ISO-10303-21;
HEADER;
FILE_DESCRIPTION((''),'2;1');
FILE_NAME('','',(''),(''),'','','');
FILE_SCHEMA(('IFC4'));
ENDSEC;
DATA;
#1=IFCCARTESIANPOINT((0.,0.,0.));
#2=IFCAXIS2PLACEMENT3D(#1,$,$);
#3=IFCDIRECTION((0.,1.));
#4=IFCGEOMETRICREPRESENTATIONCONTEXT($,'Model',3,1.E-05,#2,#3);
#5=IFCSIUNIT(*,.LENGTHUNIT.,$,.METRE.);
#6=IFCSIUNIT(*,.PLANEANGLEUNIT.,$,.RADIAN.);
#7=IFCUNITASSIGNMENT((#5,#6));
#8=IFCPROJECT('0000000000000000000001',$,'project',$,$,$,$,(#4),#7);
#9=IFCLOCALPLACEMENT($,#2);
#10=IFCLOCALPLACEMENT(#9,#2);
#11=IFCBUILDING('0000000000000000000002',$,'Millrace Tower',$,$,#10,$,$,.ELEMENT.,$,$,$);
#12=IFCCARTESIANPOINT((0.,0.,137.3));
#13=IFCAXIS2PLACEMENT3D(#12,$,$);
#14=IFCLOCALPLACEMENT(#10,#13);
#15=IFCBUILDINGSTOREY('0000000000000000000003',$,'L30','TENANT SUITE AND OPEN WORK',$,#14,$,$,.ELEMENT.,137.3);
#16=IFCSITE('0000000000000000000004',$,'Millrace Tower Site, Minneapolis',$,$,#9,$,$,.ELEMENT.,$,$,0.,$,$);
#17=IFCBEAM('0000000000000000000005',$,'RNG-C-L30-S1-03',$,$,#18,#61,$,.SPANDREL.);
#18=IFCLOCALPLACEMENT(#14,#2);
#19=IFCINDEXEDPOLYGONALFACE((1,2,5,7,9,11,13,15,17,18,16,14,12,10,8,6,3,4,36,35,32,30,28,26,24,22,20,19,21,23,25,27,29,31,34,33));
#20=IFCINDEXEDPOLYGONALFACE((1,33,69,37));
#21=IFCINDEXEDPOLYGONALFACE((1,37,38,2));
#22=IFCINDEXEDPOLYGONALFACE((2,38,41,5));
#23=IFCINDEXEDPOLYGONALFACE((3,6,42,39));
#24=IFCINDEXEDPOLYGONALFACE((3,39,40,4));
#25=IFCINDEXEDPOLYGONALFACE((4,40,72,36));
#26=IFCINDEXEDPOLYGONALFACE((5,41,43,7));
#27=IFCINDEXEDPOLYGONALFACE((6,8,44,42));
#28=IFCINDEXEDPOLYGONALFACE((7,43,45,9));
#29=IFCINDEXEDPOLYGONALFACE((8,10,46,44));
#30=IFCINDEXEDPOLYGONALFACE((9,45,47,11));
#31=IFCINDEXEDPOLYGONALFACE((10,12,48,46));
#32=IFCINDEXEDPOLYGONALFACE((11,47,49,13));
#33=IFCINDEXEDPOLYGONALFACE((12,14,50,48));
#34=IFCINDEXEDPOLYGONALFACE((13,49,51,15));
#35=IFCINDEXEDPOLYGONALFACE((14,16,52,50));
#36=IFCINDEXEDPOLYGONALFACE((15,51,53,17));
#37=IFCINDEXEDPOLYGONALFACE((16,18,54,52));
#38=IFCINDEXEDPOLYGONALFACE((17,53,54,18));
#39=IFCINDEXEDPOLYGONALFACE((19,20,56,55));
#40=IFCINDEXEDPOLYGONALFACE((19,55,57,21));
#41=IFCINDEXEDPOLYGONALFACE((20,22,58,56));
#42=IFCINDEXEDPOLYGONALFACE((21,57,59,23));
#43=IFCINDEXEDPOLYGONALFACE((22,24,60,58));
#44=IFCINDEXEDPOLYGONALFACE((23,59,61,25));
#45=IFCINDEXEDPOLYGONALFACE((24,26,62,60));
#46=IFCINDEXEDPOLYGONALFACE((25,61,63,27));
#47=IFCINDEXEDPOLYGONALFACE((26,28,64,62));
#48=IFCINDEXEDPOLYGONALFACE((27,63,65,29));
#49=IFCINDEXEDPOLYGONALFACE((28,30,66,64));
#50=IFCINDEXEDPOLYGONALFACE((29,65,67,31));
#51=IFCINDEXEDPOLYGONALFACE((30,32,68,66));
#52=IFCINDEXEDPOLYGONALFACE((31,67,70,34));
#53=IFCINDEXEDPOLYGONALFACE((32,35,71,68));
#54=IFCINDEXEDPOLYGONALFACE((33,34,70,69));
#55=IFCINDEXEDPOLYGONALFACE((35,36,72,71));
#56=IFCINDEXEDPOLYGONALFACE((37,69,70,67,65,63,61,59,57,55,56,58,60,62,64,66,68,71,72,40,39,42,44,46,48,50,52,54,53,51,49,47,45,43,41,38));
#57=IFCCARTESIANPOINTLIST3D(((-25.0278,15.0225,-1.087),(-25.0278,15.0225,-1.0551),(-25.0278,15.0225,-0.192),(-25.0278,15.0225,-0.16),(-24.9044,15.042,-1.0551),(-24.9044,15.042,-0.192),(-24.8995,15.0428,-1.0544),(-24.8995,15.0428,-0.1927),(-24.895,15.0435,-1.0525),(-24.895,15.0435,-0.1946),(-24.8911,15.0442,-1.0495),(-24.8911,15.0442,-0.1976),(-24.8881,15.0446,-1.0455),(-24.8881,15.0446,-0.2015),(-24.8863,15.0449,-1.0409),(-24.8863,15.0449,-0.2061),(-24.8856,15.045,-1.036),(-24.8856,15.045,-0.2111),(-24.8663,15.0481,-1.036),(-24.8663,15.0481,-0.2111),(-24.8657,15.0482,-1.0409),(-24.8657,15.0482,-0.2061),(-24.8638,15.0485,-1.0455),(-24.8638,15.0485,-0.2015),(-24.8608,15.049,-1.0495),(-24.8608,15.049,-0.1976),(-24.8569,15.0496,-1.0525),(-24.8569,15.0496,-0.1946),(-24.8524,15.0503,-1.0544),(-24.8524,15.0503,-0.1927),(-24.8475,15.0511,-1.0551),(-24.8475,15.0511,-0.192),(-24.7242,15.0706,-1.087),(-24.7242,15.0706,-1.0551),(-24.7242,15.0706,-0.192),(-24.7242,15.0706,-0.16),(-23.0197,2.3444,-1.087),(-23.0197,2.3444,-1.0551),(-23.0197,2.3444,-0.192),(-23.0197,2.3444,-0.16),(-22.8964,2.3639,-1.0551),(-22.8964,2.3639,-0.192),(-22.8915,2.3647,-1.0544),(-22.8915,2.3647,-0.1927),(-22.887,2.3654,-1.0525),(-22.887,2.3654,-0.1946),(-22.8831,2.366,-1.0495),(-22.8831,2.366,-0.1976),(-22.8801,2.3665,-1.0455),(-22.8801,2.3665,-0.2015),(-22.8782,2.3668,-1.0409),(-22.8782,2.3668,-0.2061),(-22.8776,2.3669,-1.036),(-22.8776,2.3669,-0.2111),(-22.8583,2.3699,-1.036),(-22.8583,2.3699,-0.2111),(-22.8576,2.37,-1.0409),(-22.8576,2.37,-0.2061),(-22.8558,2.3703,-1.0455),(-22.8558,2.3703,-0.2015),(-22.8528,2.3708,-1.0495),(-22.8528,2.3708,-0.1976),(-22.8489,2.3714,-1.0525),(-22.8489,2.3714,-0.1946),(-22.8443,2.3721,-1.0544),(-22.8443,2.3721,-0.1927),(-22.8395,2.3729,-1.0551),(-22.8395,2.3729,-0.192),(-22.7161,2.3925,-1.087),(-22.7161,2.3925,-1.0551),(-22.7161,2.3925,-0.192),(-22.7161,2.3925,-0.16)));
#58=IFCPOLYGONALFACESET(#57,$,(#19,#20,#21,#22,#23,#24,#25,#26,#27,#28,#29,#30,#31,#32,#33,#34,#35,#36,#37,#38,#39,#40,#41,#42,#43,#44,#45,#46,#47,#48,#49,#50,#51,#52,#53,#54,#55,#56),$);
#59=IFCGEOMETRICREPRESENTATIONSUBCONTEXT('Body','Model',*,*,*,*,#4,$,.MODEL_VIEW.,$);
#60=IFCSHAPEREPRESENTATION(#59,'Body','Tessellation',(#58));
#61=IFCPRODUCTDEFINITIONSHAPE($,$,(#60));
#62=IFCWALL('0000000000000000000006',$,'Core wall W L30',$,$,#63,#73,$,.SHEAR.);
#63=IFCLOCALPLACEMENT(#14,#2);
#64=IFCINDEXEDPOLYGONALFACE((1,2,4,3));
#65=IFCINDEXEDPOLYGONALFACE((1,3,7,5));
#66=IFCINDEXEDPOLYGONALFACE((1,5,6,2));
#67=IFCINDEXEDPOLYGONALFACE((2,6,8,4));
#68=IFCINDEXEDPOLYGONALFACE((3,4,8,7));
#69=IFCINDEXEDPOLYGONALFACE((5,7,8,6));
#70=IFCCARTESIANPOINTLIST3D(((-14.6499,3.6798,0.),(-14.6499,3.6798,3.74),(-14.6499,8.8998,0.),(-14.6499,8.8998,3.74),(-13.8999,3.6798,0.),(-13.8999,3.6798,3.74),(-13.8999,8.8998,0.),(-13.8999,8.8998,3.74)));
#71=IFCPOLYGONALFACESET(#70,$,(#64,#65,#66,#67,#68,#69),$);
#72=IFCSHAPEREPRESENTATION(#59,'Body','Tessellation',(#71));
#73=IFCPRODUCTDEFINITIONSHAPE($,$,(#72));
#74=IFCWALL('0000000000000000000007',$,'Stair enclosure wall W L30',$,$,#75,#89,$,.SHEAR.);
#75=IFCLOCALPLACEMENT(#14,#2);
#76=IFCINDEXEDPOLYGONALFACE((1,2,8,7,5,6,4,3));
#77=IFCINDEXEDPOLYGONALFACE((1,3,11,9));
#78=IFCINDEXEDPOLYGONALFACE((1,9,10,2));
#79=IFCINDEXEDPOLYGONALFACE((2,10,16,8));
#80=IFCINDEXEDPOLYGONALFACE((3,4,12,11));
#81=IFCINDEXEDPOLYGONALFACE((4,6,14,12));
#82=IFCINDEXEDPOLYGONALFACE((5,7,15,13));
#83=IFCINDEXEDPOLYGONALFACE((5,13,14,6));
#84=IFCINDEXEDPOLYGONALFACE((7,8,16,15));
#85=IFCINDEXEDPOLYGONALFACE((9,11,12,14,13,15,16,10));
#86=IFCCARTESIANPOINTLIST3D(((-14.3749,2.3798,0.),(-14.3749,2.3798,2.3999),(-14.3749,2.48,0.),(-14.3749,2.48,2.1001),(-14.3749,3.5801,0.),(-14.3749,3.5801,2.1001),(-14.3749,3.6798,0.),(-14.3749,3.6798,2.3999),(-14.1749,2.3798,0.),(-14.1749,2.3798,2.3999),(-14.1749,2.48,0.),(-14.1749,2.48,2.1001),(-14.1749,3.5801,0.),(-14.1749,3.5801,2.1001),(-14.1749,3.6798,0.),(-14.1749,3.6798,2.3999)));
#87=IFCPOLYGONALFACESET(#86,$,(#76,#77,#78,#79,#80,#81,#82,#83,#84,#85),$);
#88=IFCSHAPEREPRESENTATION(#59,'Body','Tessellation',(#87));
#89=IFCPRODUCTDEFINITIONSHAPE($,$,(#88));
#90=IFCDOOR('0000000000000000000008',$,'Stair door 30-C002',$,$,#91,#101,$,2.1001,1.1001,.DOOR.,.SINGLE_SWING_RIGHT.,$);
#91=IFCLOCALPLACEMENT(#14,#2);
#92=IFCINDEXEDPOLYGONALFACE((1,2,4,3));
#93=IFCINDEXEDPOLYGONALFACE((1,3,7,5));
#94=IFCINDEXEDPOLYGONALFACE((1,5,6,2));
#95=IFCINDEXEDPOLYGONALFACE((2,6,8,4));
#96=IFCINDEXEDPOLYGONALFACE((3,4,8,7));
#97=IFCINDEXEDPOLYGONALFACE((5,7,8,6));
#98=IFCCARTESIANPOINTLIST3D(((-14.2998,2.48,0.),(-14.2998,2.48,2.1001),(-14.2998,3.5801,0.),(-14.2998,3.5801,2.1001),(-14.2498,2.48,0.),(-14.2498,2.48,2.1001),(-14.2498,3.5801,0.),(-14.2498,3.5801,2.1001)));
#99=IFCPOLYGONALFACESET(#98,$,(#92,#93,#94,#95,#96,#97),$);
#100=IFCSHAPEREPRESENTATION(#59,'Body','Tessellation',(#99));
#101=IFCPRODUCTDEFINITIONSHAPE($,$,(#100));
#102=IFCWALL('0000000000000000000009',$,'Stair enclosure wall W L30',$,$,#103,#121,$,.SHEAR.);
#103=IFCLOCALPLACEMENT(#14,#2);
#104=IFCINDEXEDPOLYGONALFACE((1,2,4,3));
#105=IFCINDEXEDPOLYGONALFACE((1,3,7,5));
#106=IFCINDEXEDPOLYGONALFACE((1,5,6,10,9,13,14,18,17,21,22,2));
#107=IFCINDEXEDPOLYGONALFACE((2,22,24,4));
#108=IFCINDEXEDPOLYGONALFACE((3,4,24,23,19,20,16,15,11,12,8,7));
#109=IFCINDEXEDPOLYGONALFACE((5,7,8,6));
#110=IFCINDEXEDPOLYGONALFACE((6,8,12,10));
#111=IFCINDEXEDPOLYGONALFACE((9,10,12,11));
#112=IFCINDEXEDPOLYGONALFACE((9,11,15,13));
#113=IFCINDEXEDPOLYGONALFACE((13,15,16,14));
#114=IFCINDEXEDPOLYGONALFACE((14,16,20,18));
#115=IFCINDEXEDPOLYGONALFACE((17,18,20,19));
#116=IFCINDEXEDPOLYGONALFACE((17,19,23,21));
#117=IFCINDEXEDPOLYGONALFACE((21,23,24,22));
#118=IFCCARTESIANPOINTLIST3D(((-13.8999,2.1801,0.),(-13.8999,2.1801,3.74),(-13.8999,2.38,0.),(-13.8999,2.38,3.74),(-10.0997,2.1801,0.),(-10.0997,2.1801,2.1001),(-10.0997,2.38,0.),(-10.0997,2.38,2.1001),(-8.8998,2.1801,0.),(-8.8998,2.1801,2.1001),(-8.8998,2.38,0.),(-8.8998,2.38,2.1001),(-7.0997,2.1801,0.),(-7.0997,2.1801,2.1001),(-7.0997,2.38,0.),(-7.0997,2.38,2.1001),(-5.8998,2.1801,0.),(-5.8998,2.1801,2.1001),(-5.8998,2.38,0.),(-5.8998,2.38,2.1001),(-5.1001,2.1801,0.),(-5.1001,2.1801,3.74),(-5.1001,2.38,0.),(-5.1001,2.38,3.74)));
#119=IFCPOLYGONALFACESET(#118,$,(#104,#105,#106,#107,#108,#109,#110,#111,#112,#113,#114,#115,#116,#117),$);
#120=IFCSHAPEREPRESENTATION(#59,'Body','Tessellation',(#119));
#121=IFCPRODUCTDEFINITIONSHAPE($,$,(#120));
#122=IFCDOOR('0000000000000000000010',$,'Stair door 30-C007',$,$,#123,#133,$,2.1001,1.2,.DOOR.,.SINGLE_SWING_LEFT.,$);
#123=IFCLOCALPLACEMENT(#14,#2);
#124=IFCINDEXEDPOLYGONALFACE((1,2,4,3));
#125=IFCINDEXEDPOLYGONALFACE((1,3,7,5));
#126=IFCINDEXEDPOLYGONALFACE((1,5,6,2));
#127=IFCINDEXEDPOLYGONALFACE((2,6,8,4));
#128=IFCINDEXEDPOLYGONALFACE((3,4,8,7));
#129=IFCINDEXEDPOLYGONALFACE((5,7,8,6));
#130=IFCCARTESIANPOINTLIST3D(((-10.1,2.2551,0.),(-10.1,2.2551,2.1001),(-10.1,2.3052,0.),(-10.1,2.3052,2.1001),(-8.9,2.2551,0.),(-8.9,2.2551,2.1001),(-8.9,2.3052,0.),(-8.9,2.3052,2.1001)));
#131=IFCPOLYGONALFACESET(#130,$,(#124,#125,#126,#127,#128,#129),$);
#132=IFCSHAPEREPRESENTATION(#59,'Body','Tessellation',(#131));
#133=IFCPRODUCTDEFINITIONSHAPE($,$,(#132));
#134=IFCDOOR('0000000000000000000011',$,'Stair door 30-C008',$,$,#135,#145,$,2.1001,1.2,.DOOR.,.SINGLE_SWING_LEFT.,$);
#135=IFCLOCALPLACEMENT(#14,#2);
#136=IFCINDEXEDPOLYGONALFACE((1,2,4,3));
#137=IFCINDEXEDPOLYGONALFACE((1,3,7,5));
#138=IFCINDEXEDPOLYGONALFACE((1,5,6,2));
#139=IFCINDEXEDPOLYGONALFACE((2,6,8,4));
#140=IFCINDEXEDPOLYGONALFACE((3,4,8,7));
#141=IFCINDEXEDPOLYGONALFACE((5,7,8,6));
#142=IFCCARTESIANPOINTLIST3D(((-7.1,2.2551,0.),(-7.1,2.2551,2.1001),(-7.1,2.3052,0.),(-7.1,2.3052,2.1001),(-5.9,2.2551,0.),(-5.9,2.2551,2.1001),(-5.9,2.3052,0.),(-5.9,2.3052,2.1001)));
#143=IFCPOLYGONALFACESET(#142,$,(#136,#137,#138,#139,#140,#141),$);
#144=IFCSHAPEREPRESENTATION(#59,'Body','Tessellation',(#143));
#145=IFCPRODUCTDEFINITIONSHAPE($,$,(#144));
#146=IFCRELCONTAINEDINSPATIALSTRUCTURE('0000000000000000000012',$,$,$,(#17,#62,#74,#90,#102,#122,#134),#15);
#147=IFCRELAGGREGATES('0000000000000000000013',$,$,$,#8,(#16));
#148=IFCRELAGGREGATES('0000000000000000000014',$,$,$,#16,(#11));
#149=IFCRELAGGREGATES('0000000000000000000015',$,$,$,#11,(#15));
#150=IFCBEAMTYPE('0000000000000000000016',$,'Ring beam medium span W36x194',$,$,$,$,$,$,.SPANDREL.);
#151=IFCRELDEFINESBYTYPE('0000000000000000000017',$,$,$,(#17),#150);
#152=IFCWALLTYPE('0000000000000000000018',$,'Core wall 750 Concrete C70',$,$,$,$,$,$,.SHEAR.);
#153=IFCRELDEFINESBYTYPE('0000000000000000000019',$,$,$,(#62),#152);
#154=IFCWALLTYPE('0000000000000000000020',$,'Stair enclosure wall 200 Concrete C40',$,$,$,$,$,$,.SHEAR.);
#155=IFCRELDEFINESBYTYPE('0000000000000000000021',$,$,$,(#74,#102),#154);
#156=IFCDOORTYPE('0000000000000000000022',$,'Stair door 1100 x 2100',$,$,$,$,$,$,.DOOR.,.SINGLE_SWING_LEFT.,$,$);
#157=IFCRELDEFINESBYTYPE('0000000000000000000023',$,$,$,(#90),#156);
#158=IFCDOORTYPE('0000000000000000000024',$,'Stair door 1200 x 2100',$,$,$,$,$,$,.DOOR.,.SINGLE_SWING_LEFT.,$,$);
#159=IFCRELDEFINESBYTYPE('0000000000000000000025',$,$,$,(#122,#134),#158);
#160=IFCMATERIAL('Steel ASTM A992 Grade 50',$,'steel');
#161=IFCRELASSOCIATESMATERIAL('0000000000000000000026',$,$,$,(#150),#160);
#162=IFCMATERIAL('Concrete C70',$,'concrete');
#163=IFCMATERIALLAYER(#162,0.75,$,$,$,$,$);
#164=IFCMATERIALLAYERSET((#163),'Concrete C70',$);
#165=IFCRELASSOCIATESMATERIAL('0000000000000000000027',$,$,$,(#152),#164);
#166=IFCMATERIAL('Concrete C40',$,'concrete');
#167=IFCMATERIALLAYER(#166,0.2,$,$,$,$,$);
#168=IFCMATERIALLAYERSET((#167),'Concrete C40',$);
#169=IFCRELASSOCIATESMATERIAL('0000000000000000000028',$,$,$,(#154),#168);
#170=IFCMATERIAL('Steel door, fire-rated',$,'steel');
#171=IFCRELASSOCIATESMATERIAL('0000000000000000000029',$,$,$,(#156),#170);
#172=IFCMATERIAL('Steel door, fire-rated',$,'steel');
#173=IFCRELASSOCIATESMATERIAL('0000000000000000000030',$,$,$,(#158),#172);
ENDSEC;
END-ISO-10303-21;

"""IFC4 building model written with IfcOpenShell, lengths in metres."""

from ifc_helpers import new_model, si_unit, direction, frame, frame_2d, origin, origin_2d, place, context, subcontext, project, spatial, rectangle, i_section, extrude, material, layer, layer_set, material_profile, profile_set, type_object, element, fill, save


model = new_model("IFC4")

# Units and contexts
model_context = context("Model", 3, precision=1e-05, world=origin(), true_north=direction((0.0, 1.0)))
body_context = subcontext(model_context, "Body", "Model", "MODEL_VIEW")
ifc_project = project(units=[si_unit("LENGTHUNIT", "METRE"), si_unit("PLANEANGLEUNIT", "RADIAN")], contexts=[model_context])

# Site, building, storey
site_placement = place(None, origin())
site = spatial("IfcSite", under=ifc_project, at=site_placement, Name="Millrace Tower Site, Minneapolis", CompositionType="ELEMENT", RefElevation=0.0)
building_placement = place(site_placement, origin())
building = spatial("IfcBuilding", under=site, at=building_placement, Name="Millrace Tower", CompositionType="ELEMENT")
storey_placement = place(building_placement, frame((0.0, 0.0, 137.3)))
storey = spatial("IfcBuildingStorey", under=building, at=storey_placement, Name="L30", Description="TENANT SUITE AND OPEN WORK", CompositionType="ELEMENT", Elevation=137.3)

# Beam
ifc_material_1 = material(Name="Steel ASTM A992 Grade 50", Category="steel")
ifc_material_profile_1 = material_profile(ifc_material_1, i_section(OverallWidth=0.3074, OverallDepth=0.927, WebThickness=0.0195, FlangeThickness=0.032, FilletRadius=0.019, at=origin_2d()))
ifc_profile_set_1 = profile_set([ifc_material_profile_1], Name="Steel ASTM A992 Grade 50")
beam_type_1 = type_object("IfcBeamType", Name="Ring beam medium span W36x194", PredefinedType="SPANDREL", material=ifc_profile_set_1)
beam_1_placement = place(storey_placement, frame((-22.8679, 2.3684, -0.6235), z_axis=(-0.156436, 0.987688, 0.0), x_axis=(-0.987688, -0.156436, 0.0)))
element("IfcBeam", 1, at=beam_1_placement, inside=storey, type_object=beam_type_1, Name="RNG-C-L30-S1-03", PredefinedType="SPANDREL", context=body_context, shape_type="SweptSolid", body=[
    extrude(i_section(OverallWidth=0.3074, OverallDepth=0.927, WebThickness=0.0195, FlangeThickness=0.032, FilletRadius=0.019, at=origin_2d()), origin(), (0.0, 0.0, 1.0), 12.8362),
])

# Wall
ifc_material_2 = material(Name="Concrete C70", Category="concrete")
ifc_layer_1 = layer(ifc_material_2, 0.75)
ifc_layer_set_1 = layer_set([ifc_layer_1], Name="Concrete C70")
wall_type_1 = type_object("IfcWallType", Name="Core wall 750 Concrete C70", PredefinedType="SHEAR", material=ifc_layer_set_1)
wall_1_placement = place(storey_placement, frame((-14.2749, 3.6799, 0.0), z_axis=(0.0, 0.0, 1.0), x_axis=(0.0, 1.0, 0.0)))
element("IfcWall", 2, at=wall_1_placement, inside=storey, type_object=wall_type_1, Name="Core wall W L30", PredefinedType="SHEAR", context=body_context, shape_type="SweptSolid", body=[
    extrude(rectangle(XDim=5.22, YDim=0.75, at=frame_2d((2.6099, 0.0))), origin(), (0.0, 0.0, 1.0), 3.74),
])

# Wall, opening, door
ifc_material_3 = material(Name="Concrete C40", Category="concrete")
ifc_layer_2 = layer(ifc_material_3, 0.2)
ifc_layer_set_2 = layer_set([ifc_layer_2], Name="Concrete C40")
wall_type_2 = type_object("IfcWallType", Name="Stair enclosure wall 200 Concrete C40", PredefinedType="SHEAR", material=ifc_layer_set_2)
wall_2_placement = place(storey_placement, frame((-14.2749, 2.3799, 0.0), z_axis=(0.0, 0.0, 1.0), x_axis=(0.0, 1.0, 0.0)))
wall_2 = element("IfcWall", 3, at=wall_2_placement, inside=storey, type_object=wall_type_2, Name="Stair enclosure wall W L30", PredefinedType="SHEAR", context=body_context, shape_type="SweptSolid", body=[
    extrude(rectangle(XDim=1.3, YDim=0.2, at=frame_2d((0.6499, 0.0))), origin(), (0.0, 0.0, 1.0), 2.3999),
])
opening_1_placement = place(wall_2_placement, frame((0.1001, 0.0, 0.0)))
opening_1 = element("IfcOpeningElement", 4, at=opening_1_placement, cuts=wall_2, PredefinedType="OPENING", context=body_context, shape_type="SweptSolid", body=[
    extrude(rectangle(XDim=1.1001, YDim=2.1001, at=frame_2d((0.55, 1.05))), frame((0.0, 0.1099, 0.0), z_axis=(0.0, -1.0, 0.0), x_axis=(1.0, 0.0, 0.0)), (0.0, 0.0, 1.0), 0.22),
])
ifc_material_4 = material(Name="Steel door, fire-rated", Category="steel")
door_type_1 = type_object("IfcDoorType", Name="Stair door 1100 x 2100", OperationType="SINGLE_SWING_LEFT", PredefinedType="DOOR", material=ifc_material_4)
door_1_placement = place(opening_1_placement, origin())
door_1 = element("IfcDoor", 5, at=door_1_placement, inside=storey, type_object=door_type_1, Name="Stair door 30-C002", OperationType="SINGLE_SWING_RIGHT", OverallHeight=2.1001, OverallWidth=1.1001, PredefinedType="DOOR", context=body_context, shape_type="SweptSolid", body=[
    extrude(rectangle(XDim=1.1001, YDim=2.1001, at=frame_2d((0.55, 1.05))), frame((0.0, 0.0249, 0.0), z_axis=(0.0, -1.0, 0.0), x_axis=(1.0, 0.0, 0.0)), (0.0, 0.0, 1.0), 0.05),
])
fill(opening_1, door_1)

# Wall, openings, doors
wall_3_placement = place(storey_placement, frame((-13.8999, 2.28, 0.0), z_axis=(0.0, 0.0, 1.0), x_axis=(1.0, 0.0, 0.0)))
wall_3 = element("IfcWall", 6, at=wall_3_placement, inside=storey, type_object=wall_type_2, Name="Stair enclosure wall W L30", PredefinedType="SHEAR", context=body_context, shape_type="SweptSolid", body=[
    extrude(rectangle(XDim=8.7998, YDim=0.2, at=frame_2d((4.3999, 0.0))), origin(), (0.0, 0.0, 1.0), 3.74),
])
opening_2_placement = place(wall_3_placement, frame((3.8, 0.0, 0.0)))
opening_2 = element("IfcOpeningElement", 7, at=opening_2_placement, cuts=wall_3, PredefinedType="OPENING", context=body_context, shape_type="SweptSolid", body=[
    extrude(rectangle(XDim=1.2, YDim=2.1001, at=frame_2d((0.6001, 1.05))), frame((0.0, 0.1099, 0.0), z_axis=(0.0, -1.0, 0.0), x_axis=(1.0, 0.0, 0.0)), (0.0, 0.0, 1.0), 0.22),
])
opening_3_placement = place(wall_3_placement, frame((6.8, 0.0, 0.0)))
opening_3 = element("IfcOpeningElement", 8, at=opening_3_placement, cuts=wall_3, PredefinedType="OPENING", context=body_context, shape_type="SweptSolid", body=[
    extrude(rectangle(XDim=1.2, YDim=2.1001, at=frame_2d((0.6001, 1.05))), frame((0.0, 0.1099, 0.0), z_axis=(0.0, -1.0, 0.0), x_axis=(1.0, 0.0, 0.0)), (0.0, 0.0, 1.0), 0.22),
])
ifc_material_5 = material(Name="Steel door, fire-rated", Category="steel")
door_type_2 = type_object("IfcDoorType", Name="Stair door 1200 x 2100", OperationType="SINGLE_SWING_LEFT", PredefinedType="DOOR", material=ifc_material_5)
door_2_placement = place(opening_2_placement, frame((1.2, 0.0, 0.0), z_axis=(0.0, 0.0, 1.0), x_axis=(-1.0, 0.0, 0.0)))
door_2 = element("IfcDoor", 9, at=door_2_placement, inside=storey, type_object=door_type_2, Name="Stair door 30-C007", OperationType="SINGLE_SWING_LEFT", OverallHeight=2.1001, OverallWidth=1.2, PredefinedType="DOOR", context=body_context, shape_type="SweptSolid", body=[
    extrude(rectangle(XDim=1.2, YDim=2.1001, at=frame_2d((0.6001, 1.05))), frame((0.0, 0.0249, 0.0), z_axis=(0.0, -1.0, 0.0), x_axis=(1.0, 0.0, 0.0)), (0.0, 0.0, 1.0), 0.05),
])
fill(opening_2, door_2)
door_3_placement = place(opening_3_placement, frame((1.2, 0.0, 0.0), z_axis=(0.0, 0.0, 1.0), x_axis=(-1.0, 0.0, 0.0)))
door_3 = element("IfcDoor", 10, at=door_3_placement, inside=storey, type_object=door_type_2, Name="Stair door 30-C008", OperationType="SINGLE_SWING_LEFT", OverallHeight=2.1001, OverallWidth=1.2, PredefinedType="DOOR", context=body_context, shape_type="SweptSolid", body=[
    extrude(rectangle(XDim=1.2, YDim=2.1001, at=frame_2d((0.6001, 1.05))), frame((0.0, 0.0249, 0.0), z_axis=(0.0, -1.0, 0.0), x_axis=(1.0, 0.0, 0.0)), (0.0, 0.0, 1.0), 0.05),
])
fill(opening_3, door_3)

save(model, "model.ifc")
